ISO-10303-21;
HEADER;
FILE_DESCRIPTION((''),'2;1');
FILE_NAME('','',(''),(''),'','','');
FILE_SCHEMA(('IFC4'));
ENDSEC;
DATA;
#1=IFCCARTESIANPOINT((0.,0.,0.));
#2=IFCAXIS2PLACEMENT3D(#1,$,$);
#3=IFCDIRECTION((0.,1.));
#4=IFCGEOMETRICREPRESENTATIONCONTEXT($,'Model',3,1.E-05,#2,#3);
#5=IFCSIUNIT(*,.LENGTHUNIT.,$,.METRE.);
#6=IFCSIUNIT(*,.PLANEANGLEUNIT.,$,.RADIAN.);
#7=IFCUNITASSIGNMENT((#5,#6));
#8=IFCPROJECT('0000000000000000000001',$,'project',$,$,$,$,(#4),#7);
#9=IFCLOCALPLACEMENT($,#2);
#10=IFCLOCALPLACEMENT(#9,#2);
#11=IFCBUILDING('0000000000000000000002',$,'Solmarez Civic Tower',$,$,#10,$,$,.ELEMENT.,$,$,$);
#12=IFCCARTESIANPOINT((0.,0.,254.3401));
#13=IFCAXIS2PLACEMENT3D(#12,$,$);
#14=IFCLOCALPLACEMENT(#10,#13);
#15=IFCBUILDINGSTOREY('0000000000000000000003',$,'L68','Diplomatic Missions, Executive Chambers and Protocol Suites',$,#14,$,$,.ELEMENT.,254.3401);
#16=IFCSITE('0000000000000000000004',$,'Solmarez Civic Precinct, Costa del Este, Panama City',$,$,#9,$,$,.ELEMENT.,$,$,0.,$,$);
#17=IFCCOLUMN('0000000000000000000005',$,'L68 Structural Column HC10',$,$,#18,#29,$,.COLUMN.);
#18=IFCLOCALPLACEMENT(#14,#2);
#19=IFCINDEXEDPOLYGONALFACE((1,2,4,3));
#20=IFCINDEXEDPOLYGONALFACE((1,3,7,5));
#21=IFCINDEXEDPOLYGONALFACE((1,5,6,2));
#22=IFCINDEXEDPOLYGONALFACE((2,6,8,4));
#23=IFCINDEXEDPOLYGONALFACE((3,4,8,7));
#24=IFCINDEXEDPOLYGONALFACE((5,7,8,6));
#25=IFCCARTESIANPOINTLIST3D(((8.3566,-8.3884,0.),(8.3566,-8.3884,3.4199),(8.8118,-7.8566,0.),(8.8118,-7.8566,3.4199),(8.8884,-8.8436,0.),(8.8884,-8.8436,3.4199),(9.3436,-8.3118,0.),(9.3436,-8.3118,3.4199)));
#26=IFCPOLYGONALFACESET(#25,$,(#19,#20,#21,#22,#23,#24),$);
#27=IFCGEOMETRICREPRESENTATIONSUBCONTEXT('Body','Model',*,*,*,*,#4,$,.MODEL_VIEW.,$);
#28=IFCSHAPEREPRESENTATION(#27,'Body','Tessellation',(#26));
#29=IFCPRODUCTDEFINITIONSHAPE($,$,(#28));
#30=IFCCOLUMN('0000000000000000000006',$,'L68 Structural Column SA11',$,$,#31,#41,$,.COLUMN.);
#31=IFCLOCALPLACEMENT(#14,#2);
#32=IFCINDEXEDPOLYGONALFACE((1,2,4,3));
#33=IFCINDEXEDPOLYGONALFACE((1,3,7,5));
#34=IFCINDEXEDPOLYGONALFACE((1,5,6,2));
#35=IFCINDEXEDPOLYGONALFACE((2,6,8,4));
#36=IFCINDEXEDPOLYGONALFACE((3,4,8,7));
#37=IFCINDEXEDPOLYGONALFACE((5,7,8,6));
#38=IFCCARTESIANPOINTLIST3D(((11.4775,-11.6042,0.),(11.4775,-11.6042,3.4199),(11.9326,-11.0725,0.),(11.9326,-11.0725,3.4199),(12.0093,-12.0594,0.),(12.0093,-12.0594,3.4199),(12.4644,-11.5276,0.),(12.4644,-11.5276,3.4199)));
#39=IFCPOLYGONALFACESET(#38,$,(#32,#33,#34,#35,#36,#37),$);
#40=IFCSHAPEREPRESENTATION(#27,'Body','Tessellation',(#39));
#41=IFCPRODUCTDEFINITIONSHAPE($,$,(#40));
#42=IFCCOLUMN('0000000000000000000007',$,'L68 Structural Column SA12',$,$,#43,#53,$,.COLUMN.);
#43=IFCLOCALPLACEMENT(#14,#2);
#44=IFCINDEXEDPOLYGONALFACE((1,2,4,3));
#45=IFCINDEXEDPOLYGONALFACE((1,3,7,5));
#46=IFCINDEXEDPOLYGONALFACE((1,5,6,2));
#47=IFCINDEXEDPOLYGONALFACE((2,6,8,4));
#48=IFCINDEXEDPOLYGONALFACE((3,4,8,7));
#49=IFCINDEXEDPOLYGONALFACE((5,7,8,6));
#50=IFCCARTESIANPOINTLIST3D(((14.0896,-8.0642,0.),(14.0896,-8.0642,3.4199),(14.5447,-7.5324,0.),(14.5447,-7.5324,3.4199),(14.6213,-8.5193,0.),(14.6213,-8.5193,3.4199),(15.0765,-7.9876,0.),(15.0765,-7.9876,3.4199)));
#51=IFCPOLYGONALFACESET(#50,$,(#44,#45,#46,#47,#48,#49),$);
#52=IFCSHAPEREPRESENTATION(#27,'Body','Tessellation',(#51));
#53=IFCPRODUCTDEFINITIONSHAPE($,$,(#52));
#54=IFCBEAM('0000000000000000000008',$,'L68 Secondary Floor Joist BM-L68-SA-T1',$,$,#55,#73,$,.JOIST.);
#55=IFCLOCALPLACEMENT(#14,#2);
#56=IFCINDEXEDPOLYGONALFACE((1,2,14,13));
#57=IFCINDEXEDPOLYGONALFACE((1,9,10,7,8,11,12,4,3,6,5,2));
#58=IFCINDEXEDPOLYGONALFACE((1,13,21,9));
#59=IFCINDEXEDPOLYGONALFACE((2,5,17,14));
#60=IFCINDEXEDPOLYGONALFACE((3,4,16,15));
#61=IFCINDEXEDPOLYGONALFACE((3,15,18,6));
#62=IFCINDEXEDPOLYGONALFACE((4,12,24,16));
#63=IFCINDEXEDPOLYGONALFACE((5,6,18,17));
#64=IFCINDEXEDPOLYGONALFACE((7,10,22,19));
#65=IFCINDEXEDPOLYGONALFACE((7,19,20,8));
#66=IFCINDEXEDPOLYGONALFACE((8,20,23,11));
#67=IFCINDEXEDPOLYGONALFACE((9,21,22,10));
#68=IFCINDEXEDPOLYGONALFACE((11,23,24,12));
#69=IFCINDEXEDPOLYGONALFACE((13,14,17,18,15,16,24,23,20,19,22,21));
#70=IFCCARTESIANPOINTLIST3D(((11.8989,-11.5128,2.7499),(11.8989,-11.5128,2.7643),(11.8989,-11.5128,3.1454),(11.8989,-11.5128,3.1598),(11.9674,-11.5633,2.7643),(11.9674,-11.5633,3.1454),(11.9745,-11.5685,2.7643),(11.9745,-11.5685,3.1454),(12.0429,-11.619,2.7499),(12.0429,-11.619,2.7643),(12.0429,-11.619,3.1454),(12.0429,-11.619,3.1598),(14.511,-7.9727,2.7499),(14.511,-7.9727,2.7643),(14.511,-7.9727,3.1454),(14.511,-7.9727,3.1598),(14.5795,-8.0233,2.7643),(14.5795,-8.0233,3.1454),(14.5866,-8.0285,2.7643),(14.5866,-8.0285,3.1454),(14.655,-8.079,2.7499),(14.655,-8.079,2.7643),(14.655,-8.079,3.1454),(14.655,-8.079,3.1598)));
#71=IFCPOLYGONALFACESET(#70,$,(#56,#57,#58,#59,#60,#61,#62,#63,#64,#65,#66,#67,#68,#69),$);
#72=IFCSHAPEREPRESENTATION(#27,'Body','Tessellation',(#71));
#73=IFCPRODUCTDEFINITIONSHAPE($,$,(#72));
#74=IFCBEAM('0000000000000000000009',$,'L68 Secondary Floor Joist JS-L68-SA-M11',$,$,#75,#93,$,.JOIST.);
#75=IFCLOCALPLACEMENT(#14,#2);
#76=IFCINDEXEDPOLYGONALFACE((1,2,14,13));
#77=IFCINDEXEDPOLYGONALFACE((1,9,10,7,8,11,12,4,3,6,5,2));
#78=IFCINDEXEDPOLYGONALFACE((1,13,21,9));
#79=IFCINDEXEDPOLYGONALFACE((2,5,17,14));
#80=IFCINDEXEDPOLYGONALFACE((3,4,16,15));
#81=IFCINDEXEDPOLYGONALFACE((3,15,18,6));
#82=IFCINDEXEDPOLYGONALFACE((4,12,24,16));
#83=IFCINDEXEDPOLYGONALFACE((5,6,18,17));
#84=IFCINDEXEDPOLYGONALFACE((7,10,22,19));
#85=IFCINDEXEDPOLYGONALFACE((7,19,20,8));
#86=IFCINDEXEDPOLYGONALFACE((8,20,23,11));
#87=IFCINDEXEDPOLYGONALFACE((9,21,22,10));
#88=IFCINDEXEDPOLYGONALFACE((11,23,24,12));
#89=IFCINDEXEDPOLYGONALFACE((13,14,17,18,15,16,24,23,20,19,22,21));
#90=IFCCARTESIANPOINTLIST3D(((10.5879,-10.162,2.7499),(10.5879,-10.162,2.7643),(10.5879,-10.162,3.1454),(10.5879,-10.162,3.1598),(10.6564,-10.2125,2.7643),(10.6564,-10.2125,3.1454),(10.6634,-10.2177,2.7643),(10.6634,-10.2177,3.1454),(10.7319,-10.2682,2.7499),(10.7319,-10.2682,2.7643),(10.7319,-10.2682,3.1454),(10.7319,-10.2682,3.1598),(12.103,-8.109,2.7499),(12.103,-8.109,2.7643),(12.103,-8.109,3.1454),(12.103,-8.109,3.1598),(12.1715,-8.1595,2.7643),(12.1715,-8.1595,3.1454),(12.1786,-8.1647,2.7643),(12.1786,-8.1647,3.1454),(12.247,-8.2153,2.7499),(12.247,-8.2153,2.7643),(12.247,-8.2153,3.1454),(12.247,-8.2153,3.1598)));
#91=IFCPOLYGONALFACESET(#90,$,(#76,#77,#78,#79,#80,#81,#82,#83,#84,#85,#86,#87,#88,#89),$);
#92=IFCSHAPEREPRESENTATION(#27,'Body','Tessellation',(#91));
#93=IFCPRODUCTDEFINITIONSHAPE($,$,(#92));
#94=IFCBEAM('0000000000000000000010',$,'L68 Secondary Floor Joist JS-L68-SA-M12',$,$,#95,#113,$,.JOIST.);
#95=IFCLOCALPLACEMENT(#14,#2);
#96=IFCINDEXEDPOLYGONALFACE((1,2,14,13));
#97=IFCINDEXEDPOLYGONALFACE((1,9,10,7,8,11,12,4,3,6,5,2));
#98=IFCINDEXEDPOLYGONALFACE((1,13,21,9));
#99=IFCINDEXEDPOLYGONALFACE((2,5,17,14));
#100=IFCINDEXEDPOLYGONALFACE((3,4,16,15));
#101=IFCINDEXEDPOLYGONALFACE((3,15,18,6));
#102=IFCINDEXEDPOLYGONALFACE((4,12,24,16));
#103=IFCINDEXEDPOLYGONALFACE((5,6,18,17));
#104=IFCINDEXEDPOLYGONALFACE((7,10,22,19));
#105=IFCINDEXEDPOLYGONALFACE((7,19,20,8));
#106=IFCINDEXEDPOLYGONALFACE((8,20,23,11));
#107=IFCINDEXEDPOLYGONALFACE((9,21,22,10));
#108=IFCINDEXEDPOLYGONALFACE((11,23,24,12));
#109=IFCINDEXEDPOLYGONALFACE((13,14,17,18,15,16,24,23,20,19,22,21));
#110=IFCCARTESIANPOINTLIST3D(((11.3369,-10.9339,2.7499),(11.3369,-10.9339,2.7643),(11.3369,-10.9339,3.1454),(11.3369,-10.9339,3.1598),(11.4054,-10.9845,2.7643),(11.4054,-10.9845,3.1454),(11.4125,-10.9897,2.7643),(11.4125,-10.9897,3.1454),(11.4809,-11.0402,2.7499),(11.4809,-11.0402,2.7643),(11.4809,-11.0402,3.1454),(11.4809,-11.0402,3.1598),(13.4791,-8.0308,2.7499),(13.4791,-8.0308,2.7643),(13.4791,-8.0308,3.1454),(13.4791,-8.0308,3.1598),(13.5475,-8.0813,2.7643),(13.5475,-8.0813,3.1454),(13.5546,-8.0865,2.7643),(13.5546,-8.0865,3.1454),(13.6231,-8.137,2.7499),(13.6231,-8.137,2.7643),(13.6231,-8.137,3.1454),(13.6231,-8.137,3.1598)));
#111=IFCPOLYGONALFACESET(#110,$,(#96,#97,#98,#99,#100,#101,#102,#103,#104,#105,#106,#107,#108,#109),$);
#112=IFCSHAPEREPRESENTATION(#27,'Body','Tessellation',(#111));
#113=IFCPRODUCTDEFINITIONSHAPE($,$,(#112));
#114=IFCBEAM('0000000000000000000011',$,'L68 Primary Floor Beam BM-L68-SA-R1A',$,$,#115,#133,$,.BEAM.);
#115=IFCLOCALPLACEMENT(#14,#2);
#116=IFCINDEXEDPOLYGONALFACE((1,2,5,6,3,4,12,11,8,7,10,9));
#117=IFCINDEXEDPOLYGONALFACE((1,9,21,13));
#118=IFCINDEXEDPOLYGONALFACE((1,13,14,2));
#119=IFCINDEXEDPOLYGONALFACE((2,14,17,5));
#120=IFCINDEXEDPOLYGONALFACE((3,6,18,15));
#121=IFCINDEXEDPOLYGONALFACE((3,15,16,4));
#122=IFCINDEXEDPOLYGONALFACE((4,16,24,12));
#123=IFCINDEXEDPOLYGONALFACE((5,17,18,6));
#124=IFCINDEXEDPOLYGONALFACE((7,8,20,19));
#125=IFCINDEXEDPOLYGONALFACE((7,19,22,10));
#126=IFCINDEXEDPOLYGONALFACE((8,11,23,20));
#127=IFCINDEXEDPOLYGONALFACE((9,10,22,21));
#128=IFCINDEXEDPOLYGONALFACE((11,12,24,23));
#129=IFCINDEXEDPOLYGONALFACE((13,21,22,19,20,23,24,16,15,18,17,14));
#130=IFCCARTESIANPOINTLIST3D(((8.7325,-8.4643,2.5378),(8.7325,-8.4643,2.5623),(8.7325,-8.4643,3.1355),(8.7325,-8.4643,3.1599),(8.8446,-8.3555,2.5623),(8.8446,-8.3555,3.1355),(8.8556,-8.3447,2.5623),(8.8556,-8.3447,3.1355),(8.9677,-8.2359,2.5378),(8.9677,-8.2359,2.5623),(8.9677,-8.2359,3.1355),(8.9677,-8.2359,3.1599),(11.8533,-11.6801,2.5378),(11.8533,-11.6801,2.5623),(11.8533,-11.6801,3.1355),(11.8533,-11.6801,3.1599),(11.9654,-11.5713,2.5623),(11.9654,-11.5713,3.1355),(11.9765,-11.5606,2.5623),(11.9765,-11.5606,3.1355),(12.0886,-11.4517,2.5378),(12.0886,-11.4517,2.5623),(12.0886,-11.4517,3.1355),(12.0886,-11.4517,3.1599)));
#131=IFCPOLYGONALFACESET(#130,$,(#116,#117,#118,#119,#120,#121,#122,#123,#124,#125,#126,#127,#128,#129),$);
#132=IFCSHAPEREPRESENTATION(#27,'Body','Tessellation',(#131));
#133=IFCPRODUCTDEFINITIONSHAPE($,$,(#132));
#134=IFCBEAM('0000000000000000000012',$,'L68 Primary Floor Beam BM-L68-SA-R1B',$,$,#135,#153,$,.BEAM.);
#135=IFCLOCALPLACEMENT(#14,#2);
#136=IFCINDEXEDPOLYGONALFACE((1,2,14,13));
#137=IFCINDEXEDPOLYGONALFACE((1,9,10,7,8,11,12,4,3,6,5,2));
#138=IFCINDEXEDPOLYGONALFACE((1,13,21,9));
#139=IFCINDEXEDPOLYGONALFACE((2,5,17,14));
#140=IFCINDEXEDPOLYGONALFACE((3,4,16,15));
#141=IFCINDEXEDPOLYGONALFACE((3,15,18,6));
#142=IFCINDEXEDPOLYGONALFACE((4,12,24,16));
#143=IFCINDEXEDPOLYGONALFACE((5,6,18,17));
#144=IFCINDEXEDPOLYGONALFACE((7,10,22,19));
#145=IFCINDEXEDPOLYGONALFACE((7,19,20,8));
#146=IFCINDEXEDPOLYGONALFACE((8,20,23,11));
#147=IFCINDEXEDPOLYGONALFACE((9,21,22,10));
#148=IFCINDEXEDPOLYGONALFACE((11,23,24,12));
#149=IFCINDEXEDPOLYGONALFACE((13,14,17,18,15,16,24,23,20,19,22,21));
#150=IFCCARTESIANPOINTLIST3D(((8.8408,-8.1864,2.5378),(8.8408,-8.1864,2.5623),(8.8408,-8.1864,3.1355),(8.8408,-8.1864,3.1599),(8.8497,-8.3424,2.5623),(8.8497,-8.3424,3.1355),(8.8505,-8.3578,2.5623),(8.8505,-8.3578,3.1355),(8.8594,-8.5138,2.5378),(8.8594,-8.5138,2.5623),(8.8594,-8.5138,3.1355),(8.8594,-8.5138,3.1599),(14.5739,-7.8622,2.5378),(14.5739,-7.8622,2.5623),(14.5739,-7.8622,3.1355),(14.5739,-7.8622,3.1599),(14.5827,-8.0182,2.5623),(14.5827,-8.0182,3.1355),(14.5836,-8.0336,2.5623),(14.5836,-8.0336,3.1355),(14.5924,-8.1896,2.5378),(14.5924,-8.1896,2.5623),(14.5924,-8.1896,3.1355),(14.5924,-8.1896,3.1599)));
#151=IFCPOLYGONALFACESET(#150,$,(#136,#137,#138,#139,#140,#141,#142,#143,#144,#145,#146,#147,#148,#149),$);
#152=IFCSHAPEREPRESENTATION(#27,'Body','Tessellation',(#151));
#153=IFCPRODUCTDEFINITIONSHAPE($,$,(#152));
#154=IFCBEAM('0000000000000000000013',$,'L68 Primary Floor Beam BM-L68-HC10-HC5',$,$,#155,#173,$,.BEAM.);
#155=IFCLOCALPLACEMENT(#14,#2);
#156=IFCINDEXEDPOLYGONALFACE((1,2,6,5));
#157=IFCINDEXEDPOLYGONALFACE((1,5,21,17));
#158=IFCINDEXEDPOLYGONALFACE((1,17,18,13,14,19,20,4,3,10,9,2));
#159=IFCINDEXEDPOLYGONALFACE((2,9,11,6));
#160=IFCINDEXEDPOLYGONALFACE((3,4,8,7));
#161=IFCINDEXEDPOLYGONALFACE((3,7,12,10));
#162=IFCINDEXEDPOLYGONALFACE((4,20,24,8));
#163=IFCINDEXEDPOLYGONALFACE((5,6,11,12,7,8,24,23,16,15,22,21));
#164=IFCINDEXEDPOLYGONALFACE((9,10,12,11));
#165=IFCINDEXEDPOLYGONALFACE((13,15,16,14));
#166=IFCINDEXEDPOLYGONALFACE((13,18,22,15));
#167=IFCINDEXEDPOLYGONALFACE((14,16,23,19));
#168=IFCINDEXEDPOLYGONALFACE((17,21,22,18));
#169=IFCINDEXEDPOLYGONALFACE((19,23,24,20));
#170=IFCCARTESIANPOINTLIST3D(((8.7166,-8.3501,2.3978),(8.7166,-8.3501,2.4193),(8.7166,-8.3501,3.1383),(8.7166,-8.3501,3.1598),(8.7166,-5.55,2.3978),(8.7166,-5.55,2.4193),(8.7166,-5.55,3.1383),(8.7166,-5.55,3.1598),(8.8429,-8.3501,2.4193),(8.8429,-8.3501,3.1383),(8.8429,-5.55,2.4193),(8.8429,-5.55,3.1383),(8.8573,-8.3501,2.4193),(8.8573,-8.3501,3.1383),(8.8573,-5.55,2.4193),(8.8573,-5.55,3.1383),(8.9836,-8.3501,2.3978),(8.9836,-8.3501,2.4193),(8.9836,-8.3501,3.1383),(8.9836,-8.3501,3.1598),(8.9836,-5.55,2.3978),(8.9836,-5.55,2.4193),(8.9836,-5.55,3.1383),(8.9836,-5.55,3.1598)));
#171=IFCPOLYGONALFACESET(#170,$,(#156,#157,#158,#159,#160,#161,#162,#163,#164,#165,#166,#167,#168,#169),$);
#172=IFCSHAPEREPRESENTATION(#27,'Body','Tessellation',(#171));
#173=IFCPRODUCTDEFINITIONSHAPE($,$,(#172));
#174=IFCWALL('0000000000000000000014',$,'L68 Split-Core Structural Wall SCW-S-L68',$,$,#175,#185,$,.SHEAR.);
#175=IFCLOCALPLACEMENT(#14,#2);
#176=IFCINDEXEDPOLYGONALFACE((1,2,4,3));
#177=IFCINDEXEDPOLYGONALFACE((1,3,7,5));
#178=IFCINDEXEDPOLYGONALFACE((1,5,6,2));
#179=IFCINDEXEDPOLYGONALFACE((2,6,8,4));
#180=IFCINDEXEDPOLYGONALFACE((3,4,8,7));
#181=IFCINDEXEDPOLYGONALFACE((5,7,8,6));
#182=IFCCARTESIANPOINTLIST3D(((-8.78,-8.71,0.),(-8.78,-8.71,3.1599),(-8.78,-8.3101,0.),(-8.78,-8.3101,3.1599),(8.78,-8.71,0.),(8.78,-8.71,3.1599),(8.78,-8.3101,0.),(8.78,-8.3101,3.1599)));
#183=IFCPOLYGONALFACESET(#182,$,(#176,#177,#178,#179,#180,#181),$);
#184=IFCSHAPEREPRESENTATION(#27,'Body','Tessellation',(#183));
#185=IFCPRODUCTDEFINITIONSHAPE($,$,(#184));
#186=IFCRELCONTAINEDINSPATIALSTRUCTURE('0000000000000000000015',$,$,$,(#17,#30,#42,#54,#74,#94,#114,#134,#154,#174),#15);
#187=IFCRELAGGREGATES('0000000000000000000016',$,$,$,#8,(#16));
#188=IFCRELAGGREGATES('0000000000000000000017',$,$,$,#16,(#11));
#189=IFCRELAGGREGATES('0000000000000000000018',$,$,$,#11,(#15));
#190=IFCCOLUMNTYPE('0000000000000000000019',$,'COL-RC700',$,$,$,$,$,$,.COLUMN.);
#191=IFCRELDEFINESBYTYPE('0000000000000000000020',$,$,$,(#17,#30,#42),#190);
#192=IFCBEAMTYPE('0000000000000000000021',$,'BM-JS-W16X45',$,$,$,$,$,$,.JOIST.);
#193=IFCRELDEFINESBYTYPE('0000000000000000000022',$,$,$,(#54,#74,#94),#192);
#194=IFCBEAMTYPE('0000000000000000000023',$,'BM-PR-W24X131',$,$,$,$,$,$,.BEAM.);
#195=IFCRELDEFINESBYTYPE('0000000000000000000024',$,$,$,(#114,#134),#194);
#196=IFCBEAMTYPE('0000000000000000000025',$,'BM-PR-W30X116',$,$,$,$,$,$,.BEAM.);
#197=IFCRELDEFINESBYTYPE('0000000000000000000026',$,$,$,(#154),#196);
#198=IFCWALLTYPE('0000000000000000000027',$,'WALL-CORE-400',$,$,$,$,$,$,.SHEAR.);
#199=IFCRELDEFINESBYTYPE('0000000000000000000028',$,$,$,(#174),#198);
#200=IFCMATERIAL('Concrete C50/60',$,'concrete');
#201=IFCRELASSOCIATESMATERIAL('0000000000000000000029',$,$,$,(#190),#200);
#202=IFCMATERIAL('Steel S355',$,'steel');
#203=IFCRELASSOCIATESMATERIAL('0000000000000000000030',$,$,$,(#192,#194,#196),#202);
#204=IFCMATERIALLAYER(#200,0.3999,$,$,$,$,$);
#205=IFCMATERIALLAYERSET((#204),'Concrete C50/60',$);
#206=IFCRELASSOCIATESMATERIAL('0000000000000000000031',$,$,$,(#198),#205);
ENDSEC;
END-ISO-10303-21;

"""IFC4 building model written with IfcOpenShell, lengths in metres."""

from ifc_helpers import new_model, si_unit, direction, frame, frame_2d, origin, origin_2d, place, context, subcontext, project, spatial, rectangle, i_section, extrude, material, layer, layer_set, material_profile, profile_set, type_object, element, save


model = new_model("IFC4")

# Units and contexts
model_context = context("Model", 3, precision=1e-05, world=origin(), true_north=direction((0.0, 1.0)))
body_context = subcontext(model_context, "Body", "Model", "MODEL_VIEW")
ifc_project = project(units=[si_unit("LENGTHUNIT", "METRE"), si_unit("PLANEANGLEUNIT", "RADIAN")], contexts=[model_context])

# Site, building, storey
site_placement = place(None, origin())
site = spatial("IfcSite", under=ifc_project, at=site_placement, Name="Solmarez Civic Precinct, Costa del Este, Panama City", CompositionType="ELEMENT", RefElevation=0.0)
building_placement = place(site_placement, origin())
building = spatial("IfcBuilding", under=site, at=building_placement, Name="Solmarez Civic Tower", CompositionType="ELEMENT")
storey_placement = place(building_placement, frame((0.0, 0.0, 254.3401)))
storey = spatial("IfcBuildingStorey", under=building, at=storey_placement, Name="L68", Description="Diplomatic Missions, Executive Chambers and Protocol Suites", CompositionType="ELEMENT", Elevation=254.3401)

# Columns
ifc_material_1 = material(Name="Concrete C50/60", Category="concrete")
ifc_material_profile_1 = material_profile(ifc_material_1, rectangle(XDim=0.7, YDim=0.7, at=origin_2d()), Name="RC700X700")
ifc_profile_set_1 = profile_set([ifc_material_profile_1], Name="Concrete C50/60")
column_type = type_object("IfcColumnType", Name="COL-RC700", PredefinedType="COLUMN", material=ifc_profile_set_1)
for number, where, z_axis, x_axis, name in (
    (1, (8.8501, -8.3501, 0.0), (0.0, 0.0, 1.0), (0.650244, 0.759725, 0.0), "L68 Structural Column HC10"),
    (2, (11.9709, -11.5659, 0.0), (0.0, 0.0, 1.0), (0.650244, 0.759725, 0.0), "L68 Structural Column SA11"),
    (3, (14.583, -8.0259, 0.0), (0.0, 0.0, 1.0), (0.650244, 0.759725, 0.0), "L68 Structural Column SA12"),
):
    element("IfcColumn", number, at=place(storey_placement, frame(where, z_axis=z_axis, x_axis=x_axis)), inside=storey, type_object=column_type, Name=name, PredefinedType="COLUMN", context=body_context, shape_type="SweptSolid", body=[
        extrude(rectangle(XDim=0.7, YDim=0.7, at=origin_2d()), origin(), (0.0, 0.0, 1.0), 3.4199),
    ])

# Beams
ifc_material_2 = material(Name="Steel S355", Category="steel")
ifc_material_profile_2 = material_profile(ifc_material_2, i_section(OverallWidth=0.179, OverallDepth=0.4099, WebThickness=0.0088, FlangeThickness=0.0144, at=origin_2d()), Name="W16X45")
ifc_profile_set_2 = profile_set([ifc_material_profile_2], Name="Steel S355")
beam_type_1 = type_object("IfcBeamType", Name="BM-JS-W16X45", PredefinedType="JOIST", material=ifc_profile_set_2)
beam_1_placement = place(storey_placement, frame((11.9709, -11.5659, 2.9548), z_axis=(0.593731, 0.804664, 0.0), x_axis=(-0.804664, 0.593731, 0.0)))
element("IfcBeam", 4, at=beam_1_placement, inside=storey, type_object=beam_type_1, Name="L68 Secondary Floor Joist BM-L68-SA-T1", PredefinedType="JOIST", context=body_context, shape_type="SweptSolid", body=[
    extrude(i_section(OverallWidth=0.179, OverallDepth=0.4099, WebThickness=0.0088, FlangeThickness=0.0144, at=origin_2d()), origin(), (0.0, 0.0, 1.0), 4.3994),
])
beam_2_placement = place(storey_placement, frame((10.6599, -10.2151, 2.9548), z_axis=(0.593812, 0.804603, 0.0), x_axis=(-0.804603, 0.593812, 0.0)))
element("IfcBeam", 5, at=beam_2_placement, inside=storey, type_object=beam_type_1, Name="L68 Secondary Floor Joist JS-L68-SA-M11", PredefinedType="JOIST", context=body_context, shape_type="SweptSolid", body=[
    extrude(i_section(OverallWidth=0.179, OverallDepth=0.4099, WebThickness=0.0088, FlangeThickness=0.0144, at=origin_2d()), origin(), (0.0, 0.0, 1.0), 2.5515),
])
beam_3_placement = place(storey_placement, frame((11.4089, -10.9871, 2.9548), z_axis=(0.593734, 0.804661, 0.0), x_axis=(-0.804661, 0.593734, 0.0)))
element("IfcBeam", 6, at=beam_3_placement, inside=storey, type_object=beam_type_1, Name="L68 Secondary Floor Joist JS-L68-SA-M12", PredefinedType="JOIST", context=body_context, shape_type="SweptSolid", body=[
    extrude(i_section(OverallWidth=0.179, OverallDepth=0.4099, WebThickness=0.0088, FlangeThickness=0.0144, at=origin_2d()), origin(), (0.0, 0.0, 1.0), 3.6079),
])
ifc_material_profile_3 = material_profile(ifc_material_2, i_section(OverallWidth=0.3279, OverallDepth=0.6221, WebThickness=0.0154, FlangeThickness=0.0244, at=origin_2d()), Name="W24X131")
ifc_profile_set_3 = profile_set([ifc_material_profile_3], Name="Steel S355")
beam_type_2 = type_object("IfcBeamType", Name="BM-PR-W24X131", PredefinedType="BEAM", material=ifc_profile_set_3)
beam_4_placement = place(storey_placement, frame((8.8501, -8.3501, 2.8489), z_axis=(0.696431, -0.717624, 0.0), x_axis=(0.717624, 0.696431, 0.0)))
element("IfcBeam", 7, at=beam_4_placement, inside=storey, type_object=beam_type_2, Name="L68 Primary Floor Beam BM-L68-SA-R1A", PredefinedType="BEAM", context=body_context, shape_type="SweptSolid", body=[
    extrude(i_section(OverallWidth=0.3279, OverallDepth=0.6221, WebThickness=0.0154, FlangeThickness=0.0244, at=origin_2d()), origin(), (0.0, 0.0, 1.0), 4.4812),
])
beam_5_placement = place(storey_placement, frame((8.8501, -8.3501, 2.8489), z_axis=(0.998405, 0.056464, 0.0), x_axis=(-0.056464, 0.998405, 0.0)))
element("IfcBeam", 8, at=beam_5_placement, inside=storey, type_object=beam_type_2, Name="L68 Primary Floor Beam BM-L68-SA-R1B", PredefinedType="BEAM", context=body_context, shape_type="SweptSolid", body=[
    extrude(i_section(OverallWidth=0.3279, OverallDepth=0.6221, WebThickness=0.0154, FlangeThickness=0.0244, at=origin_2d()), origin(), (0.0, 0.0, 1.0), 5.7422),
])
ifc_material_profile_4 = material_profile(ifc_material_2, i_section(OverallWidth=0.2671, OverallDepth=0.762, WebThickness=0.0144, FlangeThickness=0.0215, at=origin_2d()), Name="W30X116")
ifc_profile_set_4 = profile_set([ifc_material_profile_4], Name="Steel S355")
beam_type_3 = type_object("IfcBeamType", Name="BM-PR-W30X116", PredefinedType="BEAM", material=ifc_profile_set_4)
beam_6_placement = place(storey_placement, frame((8.8501, -8.3501, 2.7788), z_axis=(0.0, 1.0, 0.0), x_axis=(-1.0, 0.0, 0.0)))
element("IfcBeam", 9, at=beam_6_placement, inside=storey, type_object=beam_type_3, Name="L68 Primary Floor Beam BM-L68-HC10-HC5", PredefinedType="BEAM", context=body_context, shape_type="SweptSolid", body=[
    extrude(i_section(OverallWidth=0.2671, OverallDepth=0.762, WebThickness=0.0144, FlangeThickness=0.0215, at=origin_2d()), origin(), (0.0, 0.0, 1.0), 2.8),
])

# Wall
ifc_layer_1 = layer(ifc_material_1, 0.3999)
ifc_layer_set_1 = layer_set([ifc_layer_1], Name="Concrete C50/60")
wall_type_1 = type_object("IfcWallType", Name="WALL-CORE-400", PredefinedType="SHEAR", material=ifc_layer_set_1)
wall_1_placement = place(storey_placement, frame((8.78, -8.51, 0.0), z_axis=(0.0, 0.0, 1.0), x_axis=(-1.0, 0.0, 0.0)))
element("IfcWall", 10, at=wall_1_placement, inside=storey, type_object=wall_type_1, Name="L68 Split-Core Structural Wall SCW-S-L68", PredefinedType="SHEAR", context=body_context, shape_type="SweptSolid", body=[
    extrude(rectangle(XDim=17.5601, YDim=0.3999, at=frame_2d((8.78, 0.0))), origin(), (0.0, 0.0, 1.0), 3.1599),
])

save(model, "model.ifc")
